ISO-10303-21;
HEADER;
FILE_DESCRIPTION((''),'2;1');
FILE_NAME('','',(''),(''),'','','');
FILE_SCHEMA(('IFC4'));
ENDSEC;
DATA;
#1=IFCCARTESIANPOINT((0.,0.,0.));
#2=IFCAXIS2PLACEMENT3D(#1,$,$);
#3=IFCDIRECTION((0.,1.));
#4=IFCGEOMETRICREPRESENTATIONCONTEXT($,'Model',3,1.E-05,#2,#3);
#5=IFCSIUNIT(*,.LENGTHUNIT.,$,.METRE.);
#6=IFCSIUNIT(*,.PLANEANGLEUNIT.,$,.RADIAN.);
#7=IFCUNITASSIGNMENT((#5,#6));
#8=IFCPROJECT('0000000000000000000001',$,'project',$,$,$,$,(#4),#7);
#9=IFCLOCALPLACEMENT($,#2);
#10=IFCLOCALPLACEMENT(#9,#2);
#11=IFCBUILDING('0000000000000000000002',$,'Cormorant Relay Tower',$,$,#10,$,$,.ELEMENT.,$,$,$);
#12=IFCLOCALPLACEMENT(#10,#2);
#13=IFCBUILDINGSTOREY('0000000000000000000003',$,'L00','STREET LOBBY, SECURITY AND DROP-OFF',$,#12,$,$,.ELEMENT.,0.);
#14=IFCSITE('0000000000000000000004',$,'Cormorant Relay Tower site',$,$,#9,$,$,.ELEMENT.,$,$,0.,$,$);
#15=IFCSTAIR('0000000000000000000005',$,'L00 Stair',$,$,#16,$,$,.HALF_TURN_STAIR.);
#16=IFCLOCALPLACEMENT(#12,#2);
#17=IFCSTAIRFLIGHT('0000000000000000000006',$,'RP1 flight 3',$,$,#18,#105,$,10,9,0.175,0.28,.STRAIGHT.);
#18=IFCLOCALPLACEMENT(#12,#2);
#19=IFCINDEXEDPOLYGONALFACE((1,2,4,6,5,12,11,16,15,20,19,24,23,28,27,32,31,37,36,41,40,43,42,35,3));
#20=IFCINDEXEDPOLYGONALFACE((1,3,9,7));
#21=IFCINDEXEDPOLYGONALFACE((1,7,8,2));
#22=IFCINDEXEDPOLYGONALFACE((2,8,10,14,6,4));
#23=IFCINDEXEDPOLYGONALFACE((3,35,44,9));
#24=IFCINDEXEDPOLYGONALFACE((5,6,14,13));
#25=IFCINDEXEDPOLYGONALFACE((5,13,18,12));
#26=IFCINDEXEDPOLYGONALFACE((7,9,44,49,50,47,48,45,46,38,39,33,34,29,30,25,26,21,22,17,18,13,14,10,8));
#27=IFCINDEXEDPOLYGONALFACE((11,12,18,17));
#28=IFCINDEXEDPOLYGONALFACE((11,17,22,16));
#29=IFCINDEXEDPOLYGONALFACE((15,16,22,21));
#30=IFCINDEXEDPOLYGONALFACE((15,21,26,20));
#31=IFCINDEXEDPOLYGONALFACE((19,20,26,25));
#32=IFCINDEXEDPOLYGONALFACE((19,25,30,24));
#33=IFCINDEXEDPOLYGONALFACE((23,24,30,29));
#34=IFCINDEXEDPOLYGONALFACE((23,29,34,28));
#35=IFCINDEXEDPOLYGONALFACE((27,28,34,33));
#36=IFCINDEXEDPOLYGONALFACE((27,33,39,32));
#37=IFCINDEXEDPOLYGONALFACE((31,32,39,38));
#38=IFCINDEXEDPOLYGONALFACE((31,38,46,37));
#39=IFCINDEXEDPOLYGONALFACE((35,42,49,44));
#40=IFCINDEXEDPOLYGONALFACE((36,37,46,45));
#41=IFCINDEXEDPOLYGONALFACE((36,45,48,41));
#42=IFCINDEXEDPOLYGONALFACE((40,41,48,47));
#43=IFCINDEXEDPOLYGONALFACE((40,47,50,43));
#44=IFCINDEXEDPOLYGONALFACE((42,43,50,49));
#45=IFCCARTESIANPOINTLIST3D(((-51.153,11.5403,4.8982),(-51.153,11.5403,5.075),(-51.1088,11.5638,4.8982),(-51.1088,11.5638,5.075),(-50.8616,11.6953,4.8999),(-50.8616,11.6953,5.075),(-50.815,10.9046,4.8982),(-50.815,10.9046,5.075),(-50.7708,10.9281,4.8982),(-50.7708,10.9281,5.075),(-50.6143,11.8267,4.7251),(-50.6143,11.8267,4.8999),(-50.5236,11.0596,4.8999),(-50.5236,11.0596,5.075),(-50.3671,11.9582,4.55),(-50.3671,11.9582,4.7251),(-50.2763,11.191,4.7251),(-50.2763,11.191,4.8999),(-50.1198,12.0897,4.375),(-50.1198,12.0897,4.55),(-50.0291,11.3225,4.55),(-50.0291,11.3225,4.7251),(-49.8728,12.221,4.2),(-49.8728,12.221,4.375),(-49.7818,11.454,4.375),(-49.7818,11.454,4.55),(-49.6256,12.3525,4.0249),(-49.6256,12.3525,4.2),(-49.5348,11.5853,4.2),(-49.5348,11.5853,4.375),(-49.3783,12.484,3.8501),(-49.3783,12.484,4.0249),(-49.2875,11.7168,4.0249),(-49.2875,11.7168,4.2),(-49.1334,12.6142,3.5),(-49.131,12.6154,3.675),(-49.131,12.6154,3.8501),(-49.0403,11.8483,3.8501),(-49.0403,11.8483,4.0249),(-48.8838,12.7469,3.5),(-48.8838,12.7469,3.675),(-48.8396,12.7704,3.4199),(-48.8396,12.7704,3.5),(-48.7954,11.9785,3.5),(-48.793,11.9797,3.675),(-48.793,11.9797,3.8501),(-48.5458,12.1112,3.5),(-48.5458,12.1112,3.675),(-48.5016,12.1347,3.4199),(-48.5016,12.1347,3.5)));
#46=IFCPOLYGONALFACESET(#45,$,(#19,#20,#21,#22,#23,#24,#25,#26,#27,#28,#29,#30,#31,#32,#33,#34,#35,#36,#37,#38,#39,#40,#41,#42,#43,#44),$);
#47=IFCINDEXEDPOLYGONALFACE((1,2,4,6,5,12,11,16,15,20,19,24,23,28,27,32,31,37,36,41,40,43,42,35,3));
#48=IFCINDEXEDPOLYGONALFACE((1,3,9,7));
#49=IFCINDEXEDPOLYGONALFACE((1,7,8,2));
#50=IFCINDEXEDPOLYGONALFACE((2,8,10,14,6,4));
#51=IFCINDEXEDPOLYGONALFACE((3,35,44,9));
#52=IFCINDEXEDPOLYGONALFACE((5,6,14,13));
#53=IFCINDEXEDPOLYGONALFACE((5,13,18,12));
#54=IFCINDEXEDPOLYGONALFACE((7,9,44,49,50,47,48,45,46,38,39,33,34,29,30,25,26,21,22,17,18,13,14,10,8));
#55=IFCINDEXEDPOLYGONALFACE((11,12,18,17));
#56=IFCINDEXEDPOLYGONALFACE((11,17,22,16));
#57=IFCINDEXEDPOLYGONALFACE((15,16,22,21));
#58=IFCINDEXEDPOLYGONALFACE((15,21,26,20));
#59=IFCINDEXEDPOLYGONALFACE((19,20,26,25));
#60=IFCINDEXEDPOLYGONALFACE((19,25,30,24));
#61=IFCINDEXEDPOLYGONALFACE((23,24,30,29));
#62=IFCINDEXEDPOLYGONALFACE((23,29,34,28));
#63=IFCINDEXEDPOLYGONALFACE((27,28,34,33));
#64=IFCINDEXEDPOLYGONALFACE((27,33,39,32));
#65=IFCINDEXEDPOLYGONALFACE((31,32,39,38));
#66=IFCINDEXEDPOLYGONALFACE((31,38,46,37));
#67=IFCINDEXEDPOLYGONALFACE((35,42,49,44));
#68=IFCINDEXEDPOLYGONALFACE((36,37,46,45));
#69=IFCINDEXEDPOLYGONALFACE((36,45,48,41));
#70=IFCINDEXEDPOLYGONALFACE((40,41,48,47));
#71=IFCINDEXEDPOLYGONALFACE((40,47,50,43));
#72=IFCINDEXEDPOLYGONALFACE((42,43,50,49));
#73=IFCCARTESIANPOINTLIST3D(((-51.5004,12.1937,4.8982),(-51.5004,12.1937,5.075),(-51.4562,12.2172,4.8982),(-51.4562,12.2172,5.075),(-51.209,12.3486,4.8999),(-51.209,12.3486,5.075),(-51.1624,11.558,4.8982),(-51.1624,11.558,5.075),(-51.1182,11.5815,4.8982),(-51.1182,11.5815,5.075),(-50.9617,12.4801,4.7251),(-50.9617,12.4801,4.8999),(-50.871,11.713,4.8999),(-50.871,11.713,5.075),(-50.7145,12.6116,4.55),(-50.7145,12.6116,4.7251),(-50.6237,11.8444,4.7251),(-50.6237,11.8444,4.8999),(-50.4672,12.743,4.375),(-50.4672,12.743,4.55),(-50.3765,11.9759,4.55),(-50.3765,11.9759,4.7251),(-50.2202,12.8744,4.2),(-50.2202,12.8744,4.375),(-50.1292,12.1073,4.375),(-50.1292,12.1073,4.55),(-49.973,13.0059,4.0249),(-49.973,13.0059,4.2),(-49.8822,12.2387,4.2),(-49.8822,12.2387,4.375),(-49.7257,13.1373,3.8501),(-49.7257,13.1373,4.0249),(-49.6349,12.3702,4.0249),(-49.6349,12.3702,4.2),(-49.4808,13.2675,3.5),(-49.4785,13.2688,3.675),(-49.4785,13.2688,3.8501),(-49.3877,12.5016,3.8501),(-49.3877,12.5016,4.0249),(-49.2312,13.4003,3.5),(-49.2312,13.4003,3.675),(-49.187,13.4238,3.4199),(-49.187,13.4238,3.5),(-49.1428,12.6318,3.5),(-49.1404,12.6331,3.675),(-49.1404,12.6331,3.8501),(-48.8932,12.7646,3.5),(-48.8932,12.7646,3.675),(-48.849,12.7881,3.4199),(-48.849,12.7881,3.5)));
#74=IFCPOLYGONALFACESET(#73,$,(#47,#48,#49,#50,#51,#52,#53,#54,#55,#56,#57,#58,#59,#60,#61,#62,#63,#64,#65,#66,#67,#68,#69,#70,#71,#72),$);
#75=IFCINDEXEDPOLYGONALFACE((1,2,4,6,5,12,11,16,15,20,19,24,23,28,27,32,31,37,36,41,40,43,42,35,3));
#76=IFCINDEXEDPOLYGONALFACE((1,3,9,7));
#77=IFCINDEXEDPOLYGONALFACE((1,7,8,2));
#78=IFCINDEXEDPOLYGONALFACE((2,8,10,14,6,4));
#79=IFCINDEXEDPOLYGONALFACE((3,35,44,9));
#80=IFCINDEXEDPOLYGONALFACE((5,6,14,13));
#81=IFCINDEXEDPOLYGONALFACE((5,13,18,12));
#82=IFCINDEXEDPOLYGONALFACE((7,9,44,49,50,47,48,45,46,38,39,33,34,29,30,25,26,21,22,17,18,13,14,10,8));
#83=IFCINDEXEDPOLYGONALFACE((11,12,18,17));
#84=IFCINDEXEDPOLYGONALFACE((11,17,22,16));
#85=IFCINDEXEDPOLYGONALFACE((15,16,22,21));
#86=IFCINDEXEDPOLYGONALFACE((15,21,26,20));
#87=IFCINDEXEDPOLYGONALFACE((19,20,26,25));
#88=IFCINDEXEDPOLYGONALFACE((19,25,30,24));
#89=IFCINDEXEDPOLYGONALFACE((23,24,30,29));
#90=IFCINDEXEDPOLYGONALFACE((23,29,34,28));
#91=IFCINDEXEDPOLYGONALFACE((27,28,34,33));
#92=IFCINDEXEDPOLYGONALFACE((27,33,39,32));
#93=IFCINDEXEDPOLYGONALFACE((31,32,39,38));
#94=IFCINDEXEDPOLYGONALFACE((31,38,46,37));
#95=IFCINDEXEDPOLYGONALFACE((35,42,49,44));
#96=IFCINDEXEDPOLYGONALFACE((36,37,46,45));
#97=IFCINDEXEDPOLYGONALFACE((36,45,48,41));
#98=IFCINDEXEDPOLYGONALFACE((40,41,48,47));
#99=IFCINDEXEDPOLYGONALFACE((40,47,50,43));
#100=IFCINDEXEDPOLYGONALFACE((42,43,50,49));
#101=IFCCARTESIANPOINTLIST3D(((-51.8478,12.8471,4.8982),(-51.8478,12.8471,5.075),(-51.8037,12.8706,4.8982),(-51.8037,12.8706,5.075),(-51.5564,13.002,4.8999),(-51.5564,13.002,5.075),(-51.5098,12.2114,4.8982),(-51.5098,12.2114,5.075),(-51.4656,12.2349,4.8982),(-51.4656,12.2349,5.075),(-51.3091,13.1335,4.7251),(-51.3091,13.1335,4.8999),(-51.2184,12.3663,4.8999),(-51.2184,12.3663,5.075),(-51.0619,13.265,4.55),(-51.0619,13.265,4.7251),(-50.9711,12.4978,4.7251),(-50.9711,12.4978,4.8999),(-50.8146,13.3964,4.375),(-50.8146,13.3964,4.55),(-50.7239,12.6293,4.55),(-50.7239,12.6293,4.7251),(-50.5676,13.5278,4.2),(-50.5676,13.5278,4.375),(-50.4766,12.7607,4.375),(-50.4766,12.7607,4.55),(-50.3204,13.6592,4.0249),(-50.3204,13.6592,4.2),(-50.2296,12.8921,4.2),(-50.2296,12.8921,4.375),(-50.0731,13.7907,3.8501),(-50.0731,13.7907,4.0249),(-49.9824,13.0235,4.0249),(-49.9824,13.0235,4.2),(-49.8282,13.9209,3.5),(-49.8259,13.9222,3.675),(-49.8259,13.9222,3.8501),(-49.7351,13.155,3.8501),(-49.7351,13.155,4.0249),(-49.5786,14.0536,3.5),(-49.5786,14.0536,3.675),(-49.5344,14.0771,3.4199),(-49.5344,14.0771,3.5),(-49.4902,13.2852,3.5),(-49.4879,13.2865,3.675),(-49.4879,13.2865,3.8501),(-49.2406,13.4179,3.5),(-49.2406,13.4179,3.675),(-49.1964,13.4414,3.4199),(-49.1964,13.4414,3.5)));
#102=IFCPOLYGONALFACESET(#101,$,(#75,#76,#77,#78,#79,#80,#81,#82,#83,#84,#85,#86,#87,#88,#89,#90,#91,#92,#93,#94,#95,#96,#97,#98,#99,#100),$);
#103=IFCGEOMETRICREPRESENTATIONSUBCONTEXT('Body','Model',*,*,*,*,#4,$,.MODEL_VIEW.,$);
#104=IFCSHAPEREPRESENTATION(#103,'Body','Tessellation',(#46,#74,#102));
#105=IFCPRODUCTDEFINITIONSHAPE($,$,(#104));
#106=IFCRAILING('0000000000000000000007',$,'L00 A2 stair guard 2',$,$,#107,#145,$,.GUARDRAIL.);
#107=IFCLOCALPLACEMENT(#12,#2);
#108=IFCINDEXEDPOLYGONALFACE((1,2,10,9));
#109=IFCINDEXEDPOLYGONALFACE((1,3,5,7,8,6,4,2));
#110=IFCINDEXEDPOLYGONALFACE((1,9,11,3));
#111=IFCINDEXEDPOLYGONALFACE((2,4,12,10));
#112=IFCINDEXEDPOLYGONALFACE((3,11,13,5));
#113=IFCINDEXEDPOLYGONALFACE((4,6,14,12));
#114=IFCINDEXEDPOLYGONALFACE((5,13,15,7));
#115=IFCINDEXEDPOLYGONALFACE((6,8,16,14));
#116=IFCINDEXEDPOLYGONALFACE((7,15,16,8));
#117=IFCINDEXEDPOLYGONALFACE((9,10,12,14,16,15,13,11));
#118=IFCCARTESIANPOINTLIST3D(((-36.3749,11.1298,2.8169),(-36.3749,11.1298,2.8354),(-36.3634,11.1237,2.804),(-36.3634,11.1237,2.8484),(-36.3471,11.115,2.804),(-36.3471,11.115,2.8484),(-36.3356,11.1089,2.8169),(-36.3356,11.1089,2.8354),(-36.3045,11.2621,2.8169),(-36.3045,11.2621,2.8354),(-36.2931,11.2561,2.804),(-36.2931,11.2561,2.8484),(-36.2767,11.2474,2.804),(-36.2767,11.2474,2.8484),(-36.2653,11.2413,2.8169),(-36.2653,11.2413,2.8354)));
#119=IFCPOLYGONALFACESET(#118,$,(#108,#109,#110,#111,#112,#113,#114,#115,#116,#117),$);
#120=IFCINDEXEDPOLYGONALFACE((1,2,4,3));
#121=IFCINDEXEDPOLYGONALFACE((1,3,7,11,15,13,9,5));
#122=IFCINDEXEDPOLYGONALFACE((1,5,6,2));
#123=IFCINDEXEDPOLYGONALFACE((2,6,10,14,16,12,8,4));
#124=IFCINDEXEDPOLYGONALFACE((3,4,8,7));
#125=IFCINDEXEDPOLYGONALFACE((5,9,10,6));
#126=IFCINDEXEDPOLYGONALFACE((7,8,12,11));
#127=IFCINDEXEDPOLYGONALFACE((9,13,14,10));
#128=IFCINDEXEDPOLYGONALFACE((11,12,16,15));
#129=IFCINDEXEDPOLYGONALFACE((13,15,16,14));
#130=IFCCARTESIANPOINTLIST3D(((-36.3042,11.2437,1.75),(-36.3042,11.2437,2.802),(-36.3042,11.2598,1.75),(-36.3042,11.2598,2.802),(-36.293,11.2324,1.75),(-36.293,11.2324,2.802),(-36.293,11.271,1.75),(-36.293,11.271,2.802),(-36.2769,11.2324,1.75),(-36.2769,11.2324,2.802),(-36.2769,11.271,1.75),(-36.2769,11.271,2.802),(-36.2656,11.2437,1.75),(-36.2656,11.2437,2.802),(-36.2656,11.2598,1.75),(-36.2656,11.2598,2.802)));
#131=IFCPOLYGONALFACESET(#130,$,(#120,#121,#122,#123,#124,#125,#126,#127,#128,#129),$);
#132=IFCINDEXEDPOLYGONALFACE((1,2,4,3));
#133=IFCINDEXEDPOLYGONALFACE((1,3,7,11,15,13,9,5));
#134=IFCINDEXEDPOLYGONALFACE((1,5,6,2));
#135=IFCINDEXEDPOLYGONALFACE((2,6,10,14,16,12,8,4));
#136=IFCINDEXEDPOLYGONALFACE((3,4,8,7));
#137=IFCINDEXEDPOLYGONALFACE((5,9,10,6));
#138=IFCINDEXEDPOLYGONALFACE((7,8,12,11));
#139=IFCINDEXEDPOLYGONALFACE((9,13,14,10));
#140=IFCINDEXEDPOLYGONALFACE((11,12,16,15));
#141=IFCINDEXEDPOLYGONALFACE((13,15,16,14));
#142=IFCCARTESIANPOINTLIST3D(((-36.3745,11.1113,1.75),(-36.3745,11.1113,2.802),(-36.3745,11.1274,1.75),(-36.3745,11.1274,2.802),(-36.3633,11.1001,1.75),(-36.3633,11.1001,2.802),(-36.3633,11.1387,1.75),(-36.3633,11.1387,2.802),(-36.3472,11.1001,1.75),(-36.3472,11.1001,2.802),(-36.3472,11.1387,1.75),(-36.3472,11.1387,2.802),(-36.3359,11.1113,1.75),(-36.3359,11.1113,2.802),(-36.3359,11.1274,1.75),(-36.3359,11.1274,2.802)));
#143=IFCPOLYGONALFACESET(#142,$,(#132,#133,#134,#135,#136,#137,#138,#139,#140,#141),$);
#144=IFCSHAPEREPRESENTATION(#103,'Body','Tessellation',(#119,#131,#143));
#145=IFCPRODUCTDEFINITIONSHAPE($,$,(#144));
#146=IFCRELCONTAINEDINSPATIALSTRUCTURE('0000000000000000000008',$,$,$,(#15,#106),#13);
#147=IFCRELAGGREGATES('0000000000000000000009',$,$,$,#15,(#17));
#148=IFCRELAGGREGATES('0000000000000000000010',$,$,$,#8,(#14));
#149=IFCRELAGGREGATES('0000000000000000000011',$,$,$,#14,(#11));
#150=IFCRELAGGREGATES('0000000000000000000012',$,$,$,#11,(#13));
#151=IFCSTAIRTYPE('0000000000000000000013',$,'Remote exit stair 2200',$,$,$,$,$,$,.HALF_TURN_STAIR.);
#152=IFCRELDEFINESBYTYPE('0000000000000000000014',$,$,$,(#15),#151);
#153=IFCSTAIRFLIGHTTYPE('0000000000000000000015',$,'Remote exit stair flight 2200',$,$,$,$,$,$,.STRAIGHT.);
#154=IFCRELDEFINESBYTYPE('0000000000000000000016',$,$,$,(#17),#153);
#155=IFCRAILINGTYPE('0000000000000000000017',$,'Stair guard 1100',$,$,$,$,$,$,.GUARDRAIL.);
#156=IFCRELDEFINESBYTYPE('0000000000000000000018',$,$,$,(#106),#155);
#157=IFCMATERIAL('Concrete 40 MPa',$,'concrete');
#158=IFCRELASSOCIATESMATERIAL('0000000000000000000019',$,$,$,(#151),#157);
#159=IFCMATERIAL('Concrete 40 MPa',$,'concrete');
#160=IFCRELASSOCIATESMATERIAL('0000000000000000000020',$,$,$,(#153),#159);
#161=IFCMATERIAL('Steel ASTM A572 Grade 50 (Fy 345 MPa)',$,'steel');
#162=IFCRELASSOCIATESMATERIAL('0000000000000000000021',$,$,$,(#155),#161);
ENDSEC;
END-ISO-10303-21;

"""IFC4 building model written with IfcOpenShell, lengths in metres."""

from ifc_helpers import new_model, si_unit, direction, frame, origin, place, context, subcontext, project, spatial, polyline, outline, extrude, material, type_object, element, aggregate, save


model = new_model("IFC4")

# Units and contexts
model_context = context("Model", 3, precision=1e-05, world=origin(), true_north=direction((0.0, 1.0)))
body_context = subcontext(model_context, "Body", "Model", "MODEL_VIEW")
ifc_project = project(units=[si_unit("LENGTHUNIT", "METRE"), si_unit("PLANEANGLEUNIT", "RADIAN")], contexts=[model_context])

# Site, building, storey
site_placement = place(None, origin())
site = spatial("IfcSite", under=ifc_project, at=site_placement, Name="Cormorant Relay Tower site", CompositionType="ELEMENT", RefElevation=0.0)
building_placement = place(site_placement, origin())
building = spatial("IfcBuilding", under=site, at=building_placement, Name="Cormorant Relay Tower", CompositionType="ELEMENT")
storey_placement = place(building_placement, origin())
storey = spatial("IfcBuildingStorey", under=building, at=storey_placement, Name="L00", Description="STREET LOBBY, SECURITY AND DROP-OFF", CompositionType="ELEMENT", Elevation=0.0)

# Stair, stair flight
ifc_material_1 = material(Name="Concrete 40 MPa", Category="concrete")
stair_type = type_object("IfcStairType", Name="Remote exit stair 2200", PredefinedType="HALF_TURN_STAIR", material=ifc_material_1)
stair_placement = place(storey_placement, origin())
stair = element("IfcStair", 1, at=stair_placement, inside=storey, type_object=stair_type, Name="L00 Stair", PredefinedType="HALF_TURN_STAIR")
ifc_material_2 = material(Name="Concrete 40 MPa", Category="concrete")
stair_flight_type = type_object("IfcStairFlightType", Name="Remote exit stair flight 2200", PredefinedType="STRAIGHT", material=ifc_material_2)
stair_flight_1_placement = place(storey_placement, frame((-49.0623, 13.0825, 3.5), z_axis=(0.0, 0.0, 1.0), x_axis=(-0.882948, -0.469472, 0.0)))
stair_flight_1 = element("IfcStairFlight", 2, at=stair_flight_1_placement, type_object=stair_flight_type, Name="RP1 flight 3", NumberOfRisers=10, NumberOfTreads=9, PredefinedType="STRAIGHT", RiserHeight=0.175, TreadLength=0.28, context=body_context, shape_type="SweptSolid", body=[
    extrude(outline(polyline([(-0.05, -0.0801), (-0.05, 0.0), (0.0, 0.0), (0.0, 0.175), (0.28, 0.175), (0.28, 0.3501), (0.5601, 0.3501), (0.5601, 0.5249), (0.8401, 0.5249), (0.8401, 0.7), (1.1201, 0.7), (1.1201, 0.875), (1.3999, 0.875), (1.3999, 1.05), (1.6799, 1.05), (1.6799, 1.2251), (1.96, 1.2251), (1.96, 1.3999), (2.24, 1.3999), (2.24, 1.575), (2.52, 1.575), (2.5701, 1.575), (2.5701, 1.3982), (2.52, 1.3982), (0.2827, 0.0), (-0.05, -0.0801)])), frame((0.0, 1.1001, 0.0), z_axis=(0.0, -1.0, 0.0), x_axis=(1.0, 0.0, 0.0)), (0.0, 0.0, 1.0), 0.72),
    extrude(outline(polyline([(-0.05, -0.0801), (-0.05, 0.0), (0.0, 0.0), (0.0, 0.175), (0.28, 0.175), (0.28, 0.3501), (0.5601, 0.3501), (0.5601, 0.5249), (0.8401, 0.5249), (0.8401, 0.7), (1.1201, 0.7), (1.1201, 0.875), (1.3999, 0.875), (1.3999, 1.05), (1.6799, 1.05), (1.6799, 1.2251), (1.96, 1.2251), (1.96, 1.3999), (2.24, 1.3999), (2.24, 1.575), (2.52, 1.575), (2.5701, 1.575), (2.5701, 1.3982), (2.52, 1.3982), (0.2827, 0.0), (-0.05, -0.0801)])), frame((0.0, 0.3601, 0.0), z_axis=(0.0, -1.0, 0.0), x_axis=(1.0, 0.0, 0.0)), (0.0, 0.0, 1.0), 0.72),
    extrude(outline(polyline([(-0.05, -0.0801), (-0.05, 0.0), (0.0, 0.0), (0.0, 0.175), (0.28, 0.175), (0.28, 0.3501), (0.5601, 0.3501), (0.5601, 0.5249), (0.8401, 0.5249), (0.8401, 0.7), (1.1201, 0.7), (1.1201, 0.875), (1.3999, 0.875), (1.3999, 1.05), (1.6799, 1.05), (1.6799, 1.2251), (1.96, 1.2251), (1.96, 1.3999), (2.24, 1.3999), (2.24, 1.575), (2.52, 1.575), (2.5701, 1.575), (2.5701, 1.3982), (2.52, 1.3982), (0.2827, 0.0), (-0.05, -0.0801)])), frame((0.0, -0.3799, 0.0), z_axis=(0.0, -1.0, 0.0), x_axis=(1.0, 0.0, 0.0)), (0.0, 0.0, 1.0), 0.72),
])
aggregate(stair, [stair_flight_1])

# Railing
ifc_material_3 = material(Name="Steel ASTM A572 Grade 50 (Fy 345 MPa)", Category="steel")
railing_type_1 = type_object("IfcRailingType", Name="Stair guard 1100", PredefinedType="GUARDRAIL", material=ifc_material_3)
railing_1_placement = place(storey_placement, frame((-36.2849, 11.2517, 1.75)))
element("IfcRailing", 3, at=railing_1_placement, inside=storey, type_object=railing_type_1, Name="L00 A2 stair guard 2", PredefinedType="GUARDRAIL", context=body_context, shape_type="SweptSolid", body=[
    extrude(outline(polyline([(0.0222, 0.0093), (0.0093, 0.0222), (-0.0093, 0.0222), (-0.0222, 0.0093), (-0.0222, -0.0093), (-0.0093, -0.0222), (0.0093, -0.0222), (0.0222, -0.0093), (0.0222, 0.0093)])), frame((0.0, 0.0, 1.0762), z_axis=(-0.469235, -0.883074, 0.0), x_axis=(0.883074, -0.469235, 0.0)), (0.0, 0.0, 1.0), 0.1499),
    extrude(outline(polyline([(0.0193, 0.0081), (0.0081, 0.0193), (-0.0081, 0.0193), (-0.0193, 0.0081), (-0.0193, -0.0081), (-0.0081, -0.0193), (0.0081, -0.0193), (0.0193, -0.0081), (0.0193, 0.0081)])), origin(), (0.0, 0.0, 1.0), 1.052),
    extrude(outline(polyline([(0.0193, 0.0081), (0.0081, 0.0193), (-0.0081, 0.0193), (-0.0193, 0.0081), (-0.0193, -0.0081), (-0.0081, -0.0193), (0.0081, -0.0193), (0.0193, -0.0081), (0.0193, 0.0081)])), frame((-0.0703, -0.1323, 0.0)), (0.0, 0.0, 1.0), 1.052),
])

save(model, "model.ifc")
